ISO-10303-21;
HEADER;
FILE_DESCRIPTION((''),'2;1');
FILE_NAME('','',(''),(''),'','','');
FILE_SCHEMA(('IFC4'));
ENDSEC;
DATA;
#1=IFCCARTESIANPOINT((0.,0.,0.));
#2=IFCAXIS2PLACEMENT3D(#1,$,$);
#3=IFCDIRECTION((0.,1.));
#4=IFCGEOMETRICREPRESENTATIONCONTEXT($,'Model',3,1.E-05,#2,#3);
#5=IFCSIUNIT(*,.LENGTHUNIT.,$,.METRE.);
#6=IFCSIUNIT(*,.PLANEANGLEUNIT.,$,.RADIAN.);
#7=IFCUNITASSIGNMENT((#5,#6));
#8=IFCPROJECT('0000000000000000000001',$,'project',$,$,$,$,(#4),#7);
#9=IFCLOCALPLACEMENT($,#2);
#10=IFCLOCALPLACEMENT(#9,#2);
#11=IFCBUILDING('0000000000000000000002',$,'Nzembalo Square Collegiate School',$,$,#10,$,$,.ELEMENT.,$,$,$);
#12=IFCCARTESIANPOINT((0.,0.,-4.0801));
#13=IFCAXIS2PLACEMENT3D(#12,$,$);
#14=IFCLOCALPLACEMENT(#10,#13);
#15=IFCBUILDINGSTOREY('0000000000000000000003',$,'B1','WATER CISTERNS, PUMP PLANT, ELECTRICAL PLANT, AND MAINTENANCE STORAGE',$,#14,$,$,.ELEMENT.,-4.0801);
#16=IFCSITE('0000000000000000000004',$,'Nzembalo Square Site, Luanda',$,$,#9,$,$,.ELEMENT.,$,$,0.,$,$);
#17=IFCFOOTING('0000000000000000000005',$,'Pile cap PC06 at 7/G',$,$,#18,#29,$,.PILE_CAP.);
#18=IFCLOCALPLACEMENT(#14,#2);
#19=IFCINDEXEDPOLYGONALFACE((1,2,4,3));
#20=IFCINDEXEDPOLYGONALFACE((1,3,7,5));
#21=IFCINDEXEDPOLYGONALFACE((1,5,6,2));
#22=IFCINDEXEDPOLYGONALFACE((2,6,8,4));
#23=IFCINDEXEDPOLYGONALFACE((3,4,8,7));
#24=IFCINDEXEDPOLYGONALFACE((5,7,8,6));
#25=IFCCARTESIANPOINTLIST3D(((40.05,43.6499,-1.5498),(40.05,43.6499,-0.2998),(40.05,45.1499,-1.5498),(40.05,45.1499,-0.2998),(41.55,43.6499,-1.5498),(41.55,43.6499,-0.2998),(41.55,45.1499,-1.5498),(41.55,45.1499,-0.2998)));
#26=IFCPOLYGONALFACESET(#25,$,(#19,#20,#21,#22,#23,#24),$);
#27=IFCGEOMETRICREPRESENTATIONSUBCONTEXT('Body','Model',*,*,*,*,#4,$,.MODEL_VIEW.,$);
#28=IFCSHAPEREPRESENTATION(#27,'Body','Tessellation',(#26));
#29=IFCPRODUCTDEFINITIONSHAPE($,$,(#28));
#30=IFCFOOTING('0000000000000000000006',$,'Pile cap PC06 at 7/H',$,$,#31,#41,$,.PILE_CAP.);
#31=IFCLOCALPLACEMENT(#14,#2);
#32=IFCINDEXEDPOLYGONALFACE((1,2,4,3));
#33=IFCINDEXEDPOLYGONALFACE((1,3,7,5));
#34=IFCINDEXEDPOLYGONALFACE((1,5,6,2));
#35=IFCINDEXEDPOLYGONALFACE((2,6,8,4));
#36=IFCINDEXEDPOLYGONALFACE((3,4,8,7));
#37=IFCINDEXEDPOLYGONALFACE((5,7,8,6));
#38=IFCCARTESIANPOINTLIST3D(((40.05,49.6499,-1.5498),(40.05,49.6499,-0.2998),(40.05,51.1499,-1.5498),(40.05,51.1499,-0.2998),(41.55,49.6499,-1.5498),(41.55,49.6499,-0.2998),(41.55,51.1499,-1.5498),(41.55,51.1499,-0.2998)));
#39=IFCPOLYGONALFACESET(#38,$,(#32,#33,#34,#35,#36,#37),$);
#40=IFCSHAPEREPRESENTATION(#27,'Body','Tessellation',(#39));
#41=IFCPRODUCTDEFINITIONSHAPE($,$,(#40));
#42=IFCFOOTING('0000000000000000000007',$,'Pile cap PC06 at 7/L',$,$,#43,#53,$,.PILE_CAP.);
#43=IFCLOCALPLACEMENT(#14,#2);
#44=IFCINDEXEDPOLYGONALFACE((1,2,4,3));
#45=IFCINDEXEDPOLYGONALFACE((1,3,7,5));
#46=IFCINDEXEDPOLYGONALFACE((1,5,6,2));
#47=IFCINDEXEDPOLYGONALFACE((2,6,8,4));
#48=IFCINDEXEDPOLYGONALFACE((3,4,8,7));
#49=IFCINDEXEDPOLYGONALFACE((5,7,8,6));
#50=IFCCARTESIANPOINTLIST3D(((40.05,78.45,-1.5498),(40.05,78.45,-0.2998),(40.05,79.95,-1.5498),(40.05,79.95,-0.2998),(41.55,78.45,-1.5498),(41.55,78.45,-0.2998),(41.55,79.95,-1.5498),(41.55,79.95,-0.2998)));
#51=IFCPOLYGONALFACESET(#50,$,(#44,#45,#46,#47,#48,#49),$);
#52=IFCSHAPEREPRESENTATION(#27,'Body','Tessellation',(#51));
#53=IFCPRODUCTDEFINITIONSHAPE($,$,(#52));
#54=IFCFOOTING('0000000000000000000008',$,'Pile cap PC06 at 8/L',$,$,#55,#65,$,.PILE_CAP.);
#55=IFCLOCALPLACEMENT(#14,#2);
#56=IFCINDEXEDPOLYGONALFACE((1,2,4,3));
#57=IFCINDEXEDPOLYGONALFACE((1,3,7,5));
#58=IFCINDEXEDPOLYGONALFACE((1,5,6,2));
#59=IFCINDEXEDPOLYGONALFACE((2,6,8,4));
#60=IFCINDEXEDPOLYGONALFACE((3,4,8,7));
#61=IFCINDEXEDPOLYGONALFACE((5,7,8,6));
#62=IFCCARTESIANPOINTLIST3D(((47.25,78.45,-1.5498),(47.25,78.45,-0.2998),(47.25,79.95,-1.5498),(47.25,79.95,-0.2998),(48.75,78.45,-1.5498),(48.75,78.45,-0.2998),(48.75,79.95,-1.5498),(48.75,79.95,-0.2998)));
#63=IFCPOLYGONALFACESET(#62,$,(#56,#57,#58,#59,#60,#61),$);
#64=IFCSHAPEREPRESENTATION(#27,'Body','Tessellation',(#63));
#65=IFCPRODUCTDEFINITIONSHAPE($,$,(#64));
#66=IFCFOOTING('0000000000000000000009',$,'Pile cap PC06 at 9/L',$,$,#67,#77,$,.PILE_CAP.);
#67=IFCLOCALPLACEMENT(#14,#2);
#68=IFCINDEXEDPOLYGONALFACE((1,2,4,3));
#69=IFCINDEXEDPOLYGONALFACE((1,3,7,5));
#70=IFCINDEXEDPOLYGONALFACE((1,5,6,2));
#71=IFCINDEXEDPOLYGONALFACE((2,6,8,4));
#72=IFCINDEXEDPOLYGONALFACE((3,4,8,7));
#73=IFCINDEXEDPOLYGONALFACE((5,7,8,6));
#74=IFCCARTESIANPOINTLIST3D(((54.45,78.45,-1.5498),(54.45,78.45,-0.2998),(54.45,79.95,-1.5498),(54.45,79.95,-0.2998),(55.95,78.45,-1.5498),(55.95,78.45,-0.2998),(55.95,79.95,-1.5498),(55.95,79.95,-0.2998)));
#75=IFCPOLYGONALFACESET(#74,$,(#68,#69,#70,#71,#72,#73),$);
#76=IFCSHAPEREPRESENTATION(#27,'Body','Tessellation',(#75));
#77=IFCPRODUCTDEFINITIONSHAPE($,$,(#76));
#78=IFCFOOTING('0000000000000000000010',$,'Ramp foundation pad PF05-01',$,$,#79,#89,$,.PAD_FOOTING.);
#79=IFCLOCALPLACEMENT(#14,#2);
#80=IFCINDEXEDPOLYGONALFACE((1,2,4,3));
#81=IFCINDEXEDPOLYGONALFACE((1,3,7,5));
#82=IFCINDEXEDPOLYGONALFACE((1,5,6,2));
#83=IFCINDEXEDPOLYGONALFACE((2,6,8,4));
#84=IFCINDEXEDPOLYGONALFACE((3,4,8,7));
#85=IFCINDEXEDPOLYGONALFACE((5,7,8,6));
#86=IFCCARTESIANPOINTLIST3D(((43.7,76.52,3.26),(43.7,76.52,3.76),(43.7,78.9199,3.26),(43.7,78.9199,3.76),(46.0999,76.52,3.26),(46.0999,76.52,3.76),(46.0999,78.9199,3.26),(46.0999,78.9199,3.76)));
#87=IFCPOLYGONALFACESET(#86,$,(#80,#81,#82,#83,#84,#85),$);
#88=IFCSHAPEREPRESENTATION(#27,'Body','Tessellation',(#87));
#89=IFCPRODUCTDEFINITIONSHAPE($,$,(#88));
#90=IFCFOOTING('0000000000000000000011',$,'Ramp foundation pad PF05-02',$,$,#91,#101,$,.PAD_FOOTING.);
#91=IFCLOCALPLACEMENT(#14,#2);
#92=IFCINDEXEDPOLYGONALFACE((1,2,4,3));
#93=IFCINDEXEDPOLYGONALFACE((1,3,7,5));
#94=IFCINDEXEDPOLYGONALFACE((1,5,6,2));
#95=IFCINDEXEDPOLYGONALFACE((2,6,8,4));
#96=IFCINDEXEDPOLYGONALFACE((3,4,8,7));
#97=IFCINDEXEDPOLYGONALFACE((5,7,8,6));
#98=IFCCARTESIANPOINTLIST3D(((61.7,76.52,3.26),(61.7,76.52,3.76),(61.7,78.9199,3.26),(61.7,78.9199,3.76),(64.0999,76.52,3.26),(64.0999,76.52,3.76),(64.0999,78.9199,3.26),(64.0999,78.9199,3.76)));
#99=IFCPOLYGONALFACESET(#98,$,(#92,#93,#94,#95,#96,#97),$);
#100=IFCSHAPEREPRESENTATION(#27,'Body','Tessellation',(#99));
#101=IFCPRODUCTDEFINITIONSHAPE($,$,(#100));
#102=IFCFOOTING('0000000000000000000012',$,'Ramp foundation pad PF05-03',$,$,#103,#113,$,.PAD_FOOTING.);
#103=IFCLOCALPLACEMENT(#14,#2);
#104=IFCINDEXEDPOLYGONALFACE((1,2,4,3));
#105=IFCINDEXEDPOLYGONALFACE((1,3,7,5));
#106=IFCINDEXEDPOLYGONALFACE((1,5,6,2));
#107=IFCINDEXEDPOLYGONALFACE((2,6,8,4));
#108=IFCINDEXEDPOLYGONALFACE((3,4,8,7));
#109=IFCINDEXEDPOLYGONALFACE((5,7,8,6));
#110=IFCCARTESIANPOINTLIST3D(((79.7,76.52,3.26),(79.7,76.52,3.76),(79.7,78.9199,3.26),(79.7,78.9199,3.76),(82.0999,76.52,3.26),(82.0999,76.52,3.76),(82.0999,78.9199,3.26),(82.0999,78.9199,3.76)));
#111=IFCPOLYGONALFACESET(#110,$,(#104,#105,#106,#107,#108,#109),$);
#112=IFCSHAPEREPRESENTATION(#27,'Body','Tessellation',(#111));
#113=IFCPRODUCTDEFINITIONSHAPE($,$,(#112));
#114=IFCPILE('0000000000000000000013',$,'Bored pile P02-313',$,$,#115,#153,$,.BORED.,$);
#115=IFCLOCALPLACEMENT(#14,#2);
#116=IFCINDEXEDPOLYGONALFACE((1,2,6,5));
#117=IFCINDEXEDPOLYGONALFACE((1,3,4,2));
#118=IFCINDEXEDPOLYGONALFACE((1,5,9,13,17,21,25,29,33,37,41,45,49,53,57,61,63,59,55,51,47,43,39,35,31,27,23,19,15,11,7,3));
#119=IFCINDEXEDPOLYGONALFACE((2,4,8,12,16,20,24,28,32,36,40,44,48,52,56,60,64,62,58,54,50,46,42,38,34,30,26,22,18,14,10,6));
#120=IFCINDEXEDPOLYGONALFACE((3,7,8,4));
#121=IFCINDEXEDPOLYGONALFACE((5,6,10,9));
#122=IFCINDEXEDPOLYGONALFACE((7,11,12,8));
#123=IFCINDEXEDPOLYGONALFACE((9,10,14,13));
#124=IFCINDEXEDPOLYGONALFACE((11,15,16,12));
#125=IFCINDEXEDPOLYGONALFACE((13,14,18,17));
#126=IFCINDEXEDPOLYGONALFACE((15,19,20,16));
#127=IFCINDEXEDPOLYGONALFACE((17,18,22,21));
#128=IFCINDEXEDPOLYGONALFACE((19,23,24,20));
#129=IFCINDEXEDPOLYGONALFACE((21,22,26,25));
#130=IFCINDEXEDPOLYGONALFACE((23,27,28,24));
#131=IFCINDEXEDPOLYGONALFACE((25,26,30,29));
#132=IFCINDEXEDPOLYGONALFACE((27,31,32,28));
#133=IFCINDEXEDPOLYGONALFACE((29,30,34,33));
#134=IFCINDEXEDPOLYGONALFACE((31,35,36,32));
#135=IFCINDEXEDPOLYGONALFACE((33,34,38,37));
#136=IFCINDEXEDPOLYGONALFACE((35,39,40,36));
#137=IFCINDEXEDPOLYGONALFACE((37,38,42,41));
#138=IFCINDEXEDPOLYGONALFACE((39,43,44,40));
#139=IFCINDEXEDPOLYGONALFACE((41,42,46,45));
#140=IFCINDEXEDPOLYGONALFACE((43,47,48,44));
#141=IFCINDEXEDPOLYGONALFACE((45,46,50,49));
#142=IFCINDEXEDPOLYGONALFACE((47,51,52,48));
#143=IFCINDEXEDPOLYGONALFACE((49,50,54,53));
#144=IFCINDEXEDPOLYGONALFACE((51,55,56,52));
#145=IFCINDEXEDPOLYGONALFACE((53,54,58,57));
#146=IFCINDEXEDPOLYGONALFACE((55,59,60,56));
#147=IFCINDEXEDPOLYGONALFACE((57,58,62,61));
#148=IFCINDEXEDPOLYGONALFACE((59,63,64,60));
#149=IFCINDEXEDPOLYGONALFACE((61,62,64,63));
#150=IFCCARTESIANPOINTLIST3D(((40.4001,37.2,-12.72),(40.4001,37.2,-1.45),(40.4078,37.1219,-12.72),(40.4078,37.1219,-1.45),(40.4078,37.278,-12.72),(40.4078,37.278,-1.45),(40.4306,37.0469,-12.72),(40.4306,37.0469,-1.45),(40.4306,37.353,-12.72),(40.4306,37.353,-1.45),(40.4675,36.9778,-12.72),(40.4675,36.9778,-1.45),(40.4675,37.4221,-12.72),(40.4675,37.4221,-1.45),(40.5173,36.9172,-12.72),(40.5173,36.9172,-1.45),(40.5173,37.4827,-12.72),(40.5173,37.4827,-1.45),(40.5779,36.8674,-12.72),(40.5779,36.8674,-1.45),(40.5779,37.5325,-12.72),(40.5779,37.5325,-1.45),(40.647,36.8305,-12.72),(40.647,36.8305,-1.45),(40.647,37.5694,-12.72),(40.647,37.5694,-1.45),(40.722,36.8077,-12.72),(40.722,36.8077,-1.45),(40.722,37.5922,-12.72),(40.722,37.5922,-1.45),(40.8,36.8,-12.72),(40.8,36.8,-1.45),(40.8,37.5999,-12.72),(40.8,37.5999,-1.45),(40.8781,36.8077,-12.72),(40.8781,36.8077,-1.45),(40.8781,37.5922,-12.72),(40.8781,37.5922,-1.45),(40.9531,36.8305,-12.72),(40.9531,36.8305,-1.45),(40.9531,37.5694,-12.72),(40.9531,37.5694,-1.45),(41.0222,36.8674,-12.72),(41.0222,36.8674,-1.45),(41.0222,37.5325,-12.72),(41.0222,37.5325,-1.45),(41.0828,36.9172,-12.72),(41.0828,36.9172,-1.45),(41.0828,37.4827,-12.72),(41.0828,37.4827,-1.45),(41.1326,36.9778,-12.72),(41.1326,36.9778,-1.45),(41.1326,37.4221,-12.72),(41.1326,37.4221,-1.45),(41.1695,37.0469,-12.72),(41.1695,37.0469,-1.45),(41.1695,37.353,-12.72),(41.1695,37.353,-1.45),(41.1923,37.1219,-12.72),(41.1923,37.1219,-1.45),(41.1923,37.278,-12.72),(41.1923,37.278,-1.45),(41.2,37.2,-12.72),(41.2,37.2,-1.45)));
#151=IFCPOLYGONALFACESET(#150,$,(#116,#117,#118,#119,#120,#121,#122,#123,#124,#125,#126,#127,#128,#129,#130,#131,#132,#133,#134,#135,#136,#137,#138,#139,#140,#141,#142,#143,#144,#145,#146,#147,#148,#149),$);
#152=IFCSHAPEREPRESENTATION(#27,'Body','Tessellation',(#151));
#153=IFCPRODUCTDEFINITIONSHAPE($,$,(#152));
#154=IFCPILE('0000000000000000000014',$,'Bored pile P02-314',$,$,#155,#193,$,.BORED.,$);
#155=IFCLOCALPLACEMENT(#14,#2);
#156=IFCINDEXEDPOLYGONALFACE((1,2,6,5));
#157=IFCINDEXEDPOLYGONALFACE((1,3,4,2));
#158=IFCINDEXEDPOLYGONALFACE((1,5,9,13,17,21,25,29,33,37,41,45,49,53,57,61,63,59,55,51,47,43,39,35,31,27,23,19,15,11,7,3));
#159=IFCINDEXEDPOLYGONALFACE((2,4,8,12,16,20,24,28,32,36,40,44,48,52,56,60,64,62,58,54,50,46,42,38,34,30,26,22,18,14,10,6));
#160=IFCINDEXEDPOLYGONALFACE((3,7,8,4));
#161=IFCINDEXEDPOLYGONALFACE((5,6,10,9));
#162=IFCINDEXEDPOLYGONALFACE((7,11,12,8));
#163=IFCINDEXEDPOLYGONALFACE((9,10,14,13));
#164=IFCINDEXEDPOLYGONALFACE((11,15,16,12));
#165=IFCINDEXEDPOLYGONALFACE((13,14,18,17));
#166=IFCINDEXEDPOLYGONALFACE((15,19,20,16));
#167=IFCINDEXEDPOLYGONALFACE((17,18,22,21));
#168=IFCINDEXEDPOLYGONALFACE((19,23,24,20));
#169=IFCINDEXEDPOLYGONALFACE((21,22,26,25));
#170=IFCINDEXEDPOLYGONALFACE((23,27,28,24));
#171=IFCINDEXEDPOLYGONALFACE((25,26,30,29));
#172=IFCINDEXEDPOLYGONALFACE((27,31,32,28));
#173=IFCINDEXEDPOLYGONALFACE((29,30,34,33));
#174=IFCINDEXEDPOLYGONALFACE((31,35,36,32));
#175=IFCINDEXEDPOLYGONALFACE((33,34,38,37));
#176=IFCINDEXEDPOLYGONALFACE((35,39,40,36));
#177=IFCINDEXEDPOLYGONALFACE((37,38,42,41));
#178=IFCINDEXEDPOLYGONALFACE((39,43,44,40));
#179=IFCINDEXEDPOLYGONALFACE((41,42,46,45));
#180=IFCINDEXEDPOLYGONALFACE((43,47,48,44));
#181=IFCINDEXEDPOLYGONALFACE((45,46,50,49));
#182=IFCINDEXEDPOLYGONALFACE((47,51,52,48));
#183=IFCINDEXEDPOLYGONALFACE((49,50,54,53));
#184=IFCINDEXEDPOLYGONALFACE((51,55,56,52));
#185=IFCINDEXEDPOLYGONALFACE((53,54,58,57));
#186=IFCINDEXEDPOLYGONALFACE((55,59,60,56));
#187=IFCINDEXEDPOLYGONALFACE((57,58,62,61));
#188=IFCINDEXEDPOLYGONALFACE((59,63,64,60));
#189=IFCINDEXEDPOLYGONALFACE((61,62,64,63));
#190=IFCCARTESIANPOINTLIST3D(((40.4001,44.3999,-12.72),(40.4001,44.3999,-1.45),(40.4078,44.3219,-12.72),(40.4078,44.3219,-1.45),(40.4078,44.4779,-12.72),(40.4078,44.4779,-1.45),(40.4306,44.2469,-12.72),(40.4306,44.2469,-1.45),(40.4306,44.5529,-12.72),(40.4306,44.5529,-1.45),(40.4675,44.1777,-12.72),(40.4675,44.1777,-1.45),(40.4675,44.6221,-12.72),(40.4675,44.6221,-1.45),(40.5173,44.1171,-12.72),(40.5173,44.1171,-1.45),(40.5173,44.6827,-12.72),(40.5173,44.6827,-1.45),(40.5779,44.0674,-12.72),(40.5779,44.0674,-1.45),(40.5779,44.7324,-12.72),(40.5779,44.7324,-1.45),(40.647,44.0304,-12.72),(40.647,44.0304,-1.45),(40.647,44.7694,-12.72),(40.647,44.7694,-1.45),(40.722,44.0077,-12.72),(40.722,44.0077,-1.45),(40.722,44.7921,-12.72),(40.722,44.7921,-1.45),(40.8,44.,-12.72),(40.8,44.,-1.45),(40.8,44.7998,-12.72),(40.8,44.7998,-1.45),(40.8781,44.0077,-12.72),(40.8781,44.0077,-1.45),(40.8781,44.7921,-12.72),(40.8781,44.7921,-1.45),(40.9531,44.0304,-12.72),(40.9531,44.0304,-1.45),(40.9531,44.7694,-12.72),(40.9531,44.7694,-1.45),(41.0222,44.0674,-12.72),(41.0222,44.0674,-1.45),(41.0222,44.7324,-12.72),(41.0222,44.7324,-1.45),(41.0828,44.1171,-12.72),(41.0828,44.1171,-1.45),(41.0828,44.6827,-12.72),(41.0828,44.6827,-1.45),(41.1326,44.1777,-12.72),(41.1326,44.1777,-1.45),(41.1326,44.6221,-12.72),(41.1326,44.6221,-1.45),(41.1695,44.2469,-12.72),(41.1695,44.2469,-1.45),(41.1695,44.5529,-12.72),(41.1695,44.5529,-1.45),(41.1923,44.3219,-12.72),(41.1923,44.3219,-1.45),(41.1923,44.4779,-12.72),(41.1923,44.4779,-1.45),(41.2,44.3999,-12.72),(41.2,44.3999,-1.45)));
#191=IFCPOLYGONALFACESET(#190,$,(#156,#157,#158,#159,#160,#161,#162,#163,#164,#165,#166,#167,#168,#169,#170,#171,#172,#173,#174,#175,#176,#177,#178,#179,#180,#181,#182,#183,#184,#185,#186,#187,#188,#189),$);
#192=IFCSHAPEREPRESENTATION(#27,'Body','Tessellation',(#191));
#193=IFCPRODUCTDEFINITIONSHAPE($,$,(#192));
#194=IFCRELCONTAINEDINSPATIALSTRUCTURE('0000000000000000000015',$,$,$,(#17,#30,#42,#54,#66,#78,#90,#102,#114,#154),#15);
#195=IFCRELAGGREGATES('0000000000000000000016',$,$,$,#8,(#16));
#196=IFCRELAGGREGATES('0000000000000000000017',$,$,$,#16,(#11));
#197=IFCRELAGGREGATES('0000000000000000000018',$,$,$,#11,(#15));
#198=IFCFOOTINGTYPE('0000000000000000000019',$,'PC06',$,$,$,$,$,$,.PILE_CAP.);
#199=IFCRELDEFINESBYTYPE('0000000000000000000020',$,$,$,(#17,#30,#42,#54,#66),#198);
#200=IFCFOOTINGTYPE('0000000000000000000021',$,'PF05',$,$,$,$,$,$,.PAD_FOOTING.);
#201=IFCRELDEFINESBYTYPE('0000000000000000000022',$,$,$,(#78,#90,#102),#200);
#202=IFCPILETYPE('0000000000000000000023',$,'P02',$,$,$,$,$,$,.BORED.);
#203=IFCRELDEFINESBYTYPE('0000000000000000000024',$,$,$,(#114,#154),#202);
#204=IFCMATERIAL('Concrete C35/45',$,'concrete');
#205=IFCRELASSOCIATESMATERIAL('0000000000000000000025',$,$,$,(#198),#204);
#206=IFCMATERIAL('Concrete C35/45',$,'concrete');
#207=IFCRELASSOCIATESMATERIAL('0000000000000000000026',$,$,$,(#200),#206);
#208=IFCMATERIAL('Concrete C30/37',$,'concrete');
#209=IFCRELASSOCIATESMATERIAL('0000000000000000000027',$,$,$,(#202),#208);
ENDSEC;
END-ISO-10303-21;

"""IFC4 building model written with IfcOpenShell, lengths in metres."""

from ifc_helpers import new_model, si_unit, direction, frame, origin, origin_2d, place, context, subcontext, project, spatial, rectangle, circle, extrude, material, material_profile, profile_set, type_object, element, save


model = new_model("IFC4")

# Units and contexts
model_context = context("Model", 3, precision=1e-05, world=origin(), true_north=direction((0.0, 1.0)))
body_context = subcontext(model_context, "Body", "Model", "MODEL_VIEW")
ifc_project = project(units=[si_unit("LENGTHUNIT", "METRE"), si_unit("PLANEANGLEUNIT", "RADIAN")], contexts=[model_context])

# Site, building, storey
site_placement = place(None, origin())
site = spatial("IfcSite", under=ifc_project, at=site_placement, Name="Nzembalo Square Site, Luanda", CompositionType="ELEMENT", RefElevation=0.0)
building_placement = place(site_placement, origin())
building = spatial("IfcBuilding", under=site, at=building_placement, Name="Nzembalo Square Collegiate School", CompositionType="ELEMENT")
storey_placement = place(building_placement, frame((0.0, 0.0, -4.0801)))
storey = spatial("IfcBuildingStorey", under=building, at=storey_placement, Name="B1", Description="WATER CISTERNS, PUMP PLANT, ELECTRICAL PLANT, AND MAINTENANCE STORAGE", CompositionType="ELEMENT", Elevation=-4.0801)

# Footings
ifc_material_1 = material(Name="Concrete C35/45", Category="concrete")
footing_type_1 = type_object("IfcFootingType", Name="PC06", PredefinedType="PILE_CAP", material=ifc_material_1)
for number, where, z_axis, x_axis, name in (
    (1, (40.8, 44.3999, -1.5498), (0.0, 0.0, 1.0), (1.0, 0.0, 0.0), "Pile cap PC06 at 7/G"),
    (2, (40.8, 50.3999, -1.5498), (0.0, 0.0, 1.0), (1.0, 0.0, 0.0), "Pile cap PC06 at 7/H"),
    (3, (40.8, 79.2, -1.5498), (0.0, 0.0, 1.0), (1.0, 0.0, 0.0), "Pile cap PC06 at 7/L"),
    (4, (48.0, 79.2, -1.5498), (0.0, 0.0, 1.0), (1.0, 0.0, 0.0), "Pile cap PC06 at 8/L"),
    (5, (55.2, 79.2, -1.5498), (0.0, 0.0, 1.0), (1.0, 0.0, 0.0), "Pile cap PC06 at 9/L"),
):
    element("IfcFooting", number, at=place(storey_placement, frame(where, z_axis=z_axis, x_axis=x_axis)), inside=storey, type_object=footing_type_1, Name=name, PredefinedType="PILE_CAP", context=body_context, shape_type="SweptSolid", body=[
        extrude(rectangle(XDim=1.5, YDim=1.5, at=origin_2d()), origin(), (0.0, 0.0, 1.0), 1.25),
    ])
ifc_material_2 = material(Name="Concrete C35/45", Category="concrete")
footing_type_2 = type_object("IfcFootingType", Name="PF05", PredefinedType="PAD_FOOTING", material=ifc_material_2)
for number, where, z_axis, x_axis, name in (
    (6, (44.8999, 77.72, 3.26), (0.0, 0.0, 1.0), (1.0, 0.0, 0.0), "Ramp foundation pad PF05-01"),
    (7, (62.8999, 77.72, 3.26), (0.0, 0.0, 1.0), (1.0, 0.0, 0.0), "Ramp foundation pad PF05-02"),
    (8, (80.8999, 77.72, 3.26), (0.0, 0.0, 1.0), (1.0, 0.0, 0.0), "Ramp foundation pad PF05-03"),
):
    element("IfcFooting", number, at=place(storey_placement, frame(where, z_axis=z_axis, x_axis=x_axis)), inside=storey, type_object=footing_type_2, Name=name, PredefinedType="PAD_FOOTING", context=body_context, shape_type="SweptSolid", body=[
        extrude(rectangle(XDim=2.3999, YDim=2.3999, at=origin_2d()), origin(), (0.0, 0.0, 1.0), 0.5),
    ])

# Piles
ifc_material_3 = material(Name="Concrete C30/37", Category="concrete")
ifc_material_profile_1 = material_profile(ifc_material_3, circle(Radius=0.3999, at=origin_2d()), Name="PILE D800")
ifc_profile_set_1 = profile_set([ifc_material_profile_1], Name="Concrete C30/37")
pile_type = type_object("IfcPileType", Name="P02", PredefinedType="BORED", material=ifc_profile_set_1)
for number, where, z_axis, x_axis, name in (
    (9, (40.8, 37.2, -1.45), (0.0, 0.0, -1.0), (1.0, 0.0, 0.0), "Bored pile P02-313"),
    (10, (40.8, 44.3999, -1.45), (0.0, 0.0, -1.0), (1.0, 0.0, 0.0), "Bored pile P02-314"),
):
    element("IfcPile", number, at=place(storey_placement, frame(where, z_axis=z_axis, x_axis=x_axis)), inside=storey, type_object=pile_type, Name=name, PredefinedType="BORED", context=body_context, shape_type="SweptSolid", body=[
        extrude(circle(Radius=0.3999, at=origin_2d()), origin(), (0.0, 0.0, 1.0), 11.27),
    ])

save(model, "model.ifc")
